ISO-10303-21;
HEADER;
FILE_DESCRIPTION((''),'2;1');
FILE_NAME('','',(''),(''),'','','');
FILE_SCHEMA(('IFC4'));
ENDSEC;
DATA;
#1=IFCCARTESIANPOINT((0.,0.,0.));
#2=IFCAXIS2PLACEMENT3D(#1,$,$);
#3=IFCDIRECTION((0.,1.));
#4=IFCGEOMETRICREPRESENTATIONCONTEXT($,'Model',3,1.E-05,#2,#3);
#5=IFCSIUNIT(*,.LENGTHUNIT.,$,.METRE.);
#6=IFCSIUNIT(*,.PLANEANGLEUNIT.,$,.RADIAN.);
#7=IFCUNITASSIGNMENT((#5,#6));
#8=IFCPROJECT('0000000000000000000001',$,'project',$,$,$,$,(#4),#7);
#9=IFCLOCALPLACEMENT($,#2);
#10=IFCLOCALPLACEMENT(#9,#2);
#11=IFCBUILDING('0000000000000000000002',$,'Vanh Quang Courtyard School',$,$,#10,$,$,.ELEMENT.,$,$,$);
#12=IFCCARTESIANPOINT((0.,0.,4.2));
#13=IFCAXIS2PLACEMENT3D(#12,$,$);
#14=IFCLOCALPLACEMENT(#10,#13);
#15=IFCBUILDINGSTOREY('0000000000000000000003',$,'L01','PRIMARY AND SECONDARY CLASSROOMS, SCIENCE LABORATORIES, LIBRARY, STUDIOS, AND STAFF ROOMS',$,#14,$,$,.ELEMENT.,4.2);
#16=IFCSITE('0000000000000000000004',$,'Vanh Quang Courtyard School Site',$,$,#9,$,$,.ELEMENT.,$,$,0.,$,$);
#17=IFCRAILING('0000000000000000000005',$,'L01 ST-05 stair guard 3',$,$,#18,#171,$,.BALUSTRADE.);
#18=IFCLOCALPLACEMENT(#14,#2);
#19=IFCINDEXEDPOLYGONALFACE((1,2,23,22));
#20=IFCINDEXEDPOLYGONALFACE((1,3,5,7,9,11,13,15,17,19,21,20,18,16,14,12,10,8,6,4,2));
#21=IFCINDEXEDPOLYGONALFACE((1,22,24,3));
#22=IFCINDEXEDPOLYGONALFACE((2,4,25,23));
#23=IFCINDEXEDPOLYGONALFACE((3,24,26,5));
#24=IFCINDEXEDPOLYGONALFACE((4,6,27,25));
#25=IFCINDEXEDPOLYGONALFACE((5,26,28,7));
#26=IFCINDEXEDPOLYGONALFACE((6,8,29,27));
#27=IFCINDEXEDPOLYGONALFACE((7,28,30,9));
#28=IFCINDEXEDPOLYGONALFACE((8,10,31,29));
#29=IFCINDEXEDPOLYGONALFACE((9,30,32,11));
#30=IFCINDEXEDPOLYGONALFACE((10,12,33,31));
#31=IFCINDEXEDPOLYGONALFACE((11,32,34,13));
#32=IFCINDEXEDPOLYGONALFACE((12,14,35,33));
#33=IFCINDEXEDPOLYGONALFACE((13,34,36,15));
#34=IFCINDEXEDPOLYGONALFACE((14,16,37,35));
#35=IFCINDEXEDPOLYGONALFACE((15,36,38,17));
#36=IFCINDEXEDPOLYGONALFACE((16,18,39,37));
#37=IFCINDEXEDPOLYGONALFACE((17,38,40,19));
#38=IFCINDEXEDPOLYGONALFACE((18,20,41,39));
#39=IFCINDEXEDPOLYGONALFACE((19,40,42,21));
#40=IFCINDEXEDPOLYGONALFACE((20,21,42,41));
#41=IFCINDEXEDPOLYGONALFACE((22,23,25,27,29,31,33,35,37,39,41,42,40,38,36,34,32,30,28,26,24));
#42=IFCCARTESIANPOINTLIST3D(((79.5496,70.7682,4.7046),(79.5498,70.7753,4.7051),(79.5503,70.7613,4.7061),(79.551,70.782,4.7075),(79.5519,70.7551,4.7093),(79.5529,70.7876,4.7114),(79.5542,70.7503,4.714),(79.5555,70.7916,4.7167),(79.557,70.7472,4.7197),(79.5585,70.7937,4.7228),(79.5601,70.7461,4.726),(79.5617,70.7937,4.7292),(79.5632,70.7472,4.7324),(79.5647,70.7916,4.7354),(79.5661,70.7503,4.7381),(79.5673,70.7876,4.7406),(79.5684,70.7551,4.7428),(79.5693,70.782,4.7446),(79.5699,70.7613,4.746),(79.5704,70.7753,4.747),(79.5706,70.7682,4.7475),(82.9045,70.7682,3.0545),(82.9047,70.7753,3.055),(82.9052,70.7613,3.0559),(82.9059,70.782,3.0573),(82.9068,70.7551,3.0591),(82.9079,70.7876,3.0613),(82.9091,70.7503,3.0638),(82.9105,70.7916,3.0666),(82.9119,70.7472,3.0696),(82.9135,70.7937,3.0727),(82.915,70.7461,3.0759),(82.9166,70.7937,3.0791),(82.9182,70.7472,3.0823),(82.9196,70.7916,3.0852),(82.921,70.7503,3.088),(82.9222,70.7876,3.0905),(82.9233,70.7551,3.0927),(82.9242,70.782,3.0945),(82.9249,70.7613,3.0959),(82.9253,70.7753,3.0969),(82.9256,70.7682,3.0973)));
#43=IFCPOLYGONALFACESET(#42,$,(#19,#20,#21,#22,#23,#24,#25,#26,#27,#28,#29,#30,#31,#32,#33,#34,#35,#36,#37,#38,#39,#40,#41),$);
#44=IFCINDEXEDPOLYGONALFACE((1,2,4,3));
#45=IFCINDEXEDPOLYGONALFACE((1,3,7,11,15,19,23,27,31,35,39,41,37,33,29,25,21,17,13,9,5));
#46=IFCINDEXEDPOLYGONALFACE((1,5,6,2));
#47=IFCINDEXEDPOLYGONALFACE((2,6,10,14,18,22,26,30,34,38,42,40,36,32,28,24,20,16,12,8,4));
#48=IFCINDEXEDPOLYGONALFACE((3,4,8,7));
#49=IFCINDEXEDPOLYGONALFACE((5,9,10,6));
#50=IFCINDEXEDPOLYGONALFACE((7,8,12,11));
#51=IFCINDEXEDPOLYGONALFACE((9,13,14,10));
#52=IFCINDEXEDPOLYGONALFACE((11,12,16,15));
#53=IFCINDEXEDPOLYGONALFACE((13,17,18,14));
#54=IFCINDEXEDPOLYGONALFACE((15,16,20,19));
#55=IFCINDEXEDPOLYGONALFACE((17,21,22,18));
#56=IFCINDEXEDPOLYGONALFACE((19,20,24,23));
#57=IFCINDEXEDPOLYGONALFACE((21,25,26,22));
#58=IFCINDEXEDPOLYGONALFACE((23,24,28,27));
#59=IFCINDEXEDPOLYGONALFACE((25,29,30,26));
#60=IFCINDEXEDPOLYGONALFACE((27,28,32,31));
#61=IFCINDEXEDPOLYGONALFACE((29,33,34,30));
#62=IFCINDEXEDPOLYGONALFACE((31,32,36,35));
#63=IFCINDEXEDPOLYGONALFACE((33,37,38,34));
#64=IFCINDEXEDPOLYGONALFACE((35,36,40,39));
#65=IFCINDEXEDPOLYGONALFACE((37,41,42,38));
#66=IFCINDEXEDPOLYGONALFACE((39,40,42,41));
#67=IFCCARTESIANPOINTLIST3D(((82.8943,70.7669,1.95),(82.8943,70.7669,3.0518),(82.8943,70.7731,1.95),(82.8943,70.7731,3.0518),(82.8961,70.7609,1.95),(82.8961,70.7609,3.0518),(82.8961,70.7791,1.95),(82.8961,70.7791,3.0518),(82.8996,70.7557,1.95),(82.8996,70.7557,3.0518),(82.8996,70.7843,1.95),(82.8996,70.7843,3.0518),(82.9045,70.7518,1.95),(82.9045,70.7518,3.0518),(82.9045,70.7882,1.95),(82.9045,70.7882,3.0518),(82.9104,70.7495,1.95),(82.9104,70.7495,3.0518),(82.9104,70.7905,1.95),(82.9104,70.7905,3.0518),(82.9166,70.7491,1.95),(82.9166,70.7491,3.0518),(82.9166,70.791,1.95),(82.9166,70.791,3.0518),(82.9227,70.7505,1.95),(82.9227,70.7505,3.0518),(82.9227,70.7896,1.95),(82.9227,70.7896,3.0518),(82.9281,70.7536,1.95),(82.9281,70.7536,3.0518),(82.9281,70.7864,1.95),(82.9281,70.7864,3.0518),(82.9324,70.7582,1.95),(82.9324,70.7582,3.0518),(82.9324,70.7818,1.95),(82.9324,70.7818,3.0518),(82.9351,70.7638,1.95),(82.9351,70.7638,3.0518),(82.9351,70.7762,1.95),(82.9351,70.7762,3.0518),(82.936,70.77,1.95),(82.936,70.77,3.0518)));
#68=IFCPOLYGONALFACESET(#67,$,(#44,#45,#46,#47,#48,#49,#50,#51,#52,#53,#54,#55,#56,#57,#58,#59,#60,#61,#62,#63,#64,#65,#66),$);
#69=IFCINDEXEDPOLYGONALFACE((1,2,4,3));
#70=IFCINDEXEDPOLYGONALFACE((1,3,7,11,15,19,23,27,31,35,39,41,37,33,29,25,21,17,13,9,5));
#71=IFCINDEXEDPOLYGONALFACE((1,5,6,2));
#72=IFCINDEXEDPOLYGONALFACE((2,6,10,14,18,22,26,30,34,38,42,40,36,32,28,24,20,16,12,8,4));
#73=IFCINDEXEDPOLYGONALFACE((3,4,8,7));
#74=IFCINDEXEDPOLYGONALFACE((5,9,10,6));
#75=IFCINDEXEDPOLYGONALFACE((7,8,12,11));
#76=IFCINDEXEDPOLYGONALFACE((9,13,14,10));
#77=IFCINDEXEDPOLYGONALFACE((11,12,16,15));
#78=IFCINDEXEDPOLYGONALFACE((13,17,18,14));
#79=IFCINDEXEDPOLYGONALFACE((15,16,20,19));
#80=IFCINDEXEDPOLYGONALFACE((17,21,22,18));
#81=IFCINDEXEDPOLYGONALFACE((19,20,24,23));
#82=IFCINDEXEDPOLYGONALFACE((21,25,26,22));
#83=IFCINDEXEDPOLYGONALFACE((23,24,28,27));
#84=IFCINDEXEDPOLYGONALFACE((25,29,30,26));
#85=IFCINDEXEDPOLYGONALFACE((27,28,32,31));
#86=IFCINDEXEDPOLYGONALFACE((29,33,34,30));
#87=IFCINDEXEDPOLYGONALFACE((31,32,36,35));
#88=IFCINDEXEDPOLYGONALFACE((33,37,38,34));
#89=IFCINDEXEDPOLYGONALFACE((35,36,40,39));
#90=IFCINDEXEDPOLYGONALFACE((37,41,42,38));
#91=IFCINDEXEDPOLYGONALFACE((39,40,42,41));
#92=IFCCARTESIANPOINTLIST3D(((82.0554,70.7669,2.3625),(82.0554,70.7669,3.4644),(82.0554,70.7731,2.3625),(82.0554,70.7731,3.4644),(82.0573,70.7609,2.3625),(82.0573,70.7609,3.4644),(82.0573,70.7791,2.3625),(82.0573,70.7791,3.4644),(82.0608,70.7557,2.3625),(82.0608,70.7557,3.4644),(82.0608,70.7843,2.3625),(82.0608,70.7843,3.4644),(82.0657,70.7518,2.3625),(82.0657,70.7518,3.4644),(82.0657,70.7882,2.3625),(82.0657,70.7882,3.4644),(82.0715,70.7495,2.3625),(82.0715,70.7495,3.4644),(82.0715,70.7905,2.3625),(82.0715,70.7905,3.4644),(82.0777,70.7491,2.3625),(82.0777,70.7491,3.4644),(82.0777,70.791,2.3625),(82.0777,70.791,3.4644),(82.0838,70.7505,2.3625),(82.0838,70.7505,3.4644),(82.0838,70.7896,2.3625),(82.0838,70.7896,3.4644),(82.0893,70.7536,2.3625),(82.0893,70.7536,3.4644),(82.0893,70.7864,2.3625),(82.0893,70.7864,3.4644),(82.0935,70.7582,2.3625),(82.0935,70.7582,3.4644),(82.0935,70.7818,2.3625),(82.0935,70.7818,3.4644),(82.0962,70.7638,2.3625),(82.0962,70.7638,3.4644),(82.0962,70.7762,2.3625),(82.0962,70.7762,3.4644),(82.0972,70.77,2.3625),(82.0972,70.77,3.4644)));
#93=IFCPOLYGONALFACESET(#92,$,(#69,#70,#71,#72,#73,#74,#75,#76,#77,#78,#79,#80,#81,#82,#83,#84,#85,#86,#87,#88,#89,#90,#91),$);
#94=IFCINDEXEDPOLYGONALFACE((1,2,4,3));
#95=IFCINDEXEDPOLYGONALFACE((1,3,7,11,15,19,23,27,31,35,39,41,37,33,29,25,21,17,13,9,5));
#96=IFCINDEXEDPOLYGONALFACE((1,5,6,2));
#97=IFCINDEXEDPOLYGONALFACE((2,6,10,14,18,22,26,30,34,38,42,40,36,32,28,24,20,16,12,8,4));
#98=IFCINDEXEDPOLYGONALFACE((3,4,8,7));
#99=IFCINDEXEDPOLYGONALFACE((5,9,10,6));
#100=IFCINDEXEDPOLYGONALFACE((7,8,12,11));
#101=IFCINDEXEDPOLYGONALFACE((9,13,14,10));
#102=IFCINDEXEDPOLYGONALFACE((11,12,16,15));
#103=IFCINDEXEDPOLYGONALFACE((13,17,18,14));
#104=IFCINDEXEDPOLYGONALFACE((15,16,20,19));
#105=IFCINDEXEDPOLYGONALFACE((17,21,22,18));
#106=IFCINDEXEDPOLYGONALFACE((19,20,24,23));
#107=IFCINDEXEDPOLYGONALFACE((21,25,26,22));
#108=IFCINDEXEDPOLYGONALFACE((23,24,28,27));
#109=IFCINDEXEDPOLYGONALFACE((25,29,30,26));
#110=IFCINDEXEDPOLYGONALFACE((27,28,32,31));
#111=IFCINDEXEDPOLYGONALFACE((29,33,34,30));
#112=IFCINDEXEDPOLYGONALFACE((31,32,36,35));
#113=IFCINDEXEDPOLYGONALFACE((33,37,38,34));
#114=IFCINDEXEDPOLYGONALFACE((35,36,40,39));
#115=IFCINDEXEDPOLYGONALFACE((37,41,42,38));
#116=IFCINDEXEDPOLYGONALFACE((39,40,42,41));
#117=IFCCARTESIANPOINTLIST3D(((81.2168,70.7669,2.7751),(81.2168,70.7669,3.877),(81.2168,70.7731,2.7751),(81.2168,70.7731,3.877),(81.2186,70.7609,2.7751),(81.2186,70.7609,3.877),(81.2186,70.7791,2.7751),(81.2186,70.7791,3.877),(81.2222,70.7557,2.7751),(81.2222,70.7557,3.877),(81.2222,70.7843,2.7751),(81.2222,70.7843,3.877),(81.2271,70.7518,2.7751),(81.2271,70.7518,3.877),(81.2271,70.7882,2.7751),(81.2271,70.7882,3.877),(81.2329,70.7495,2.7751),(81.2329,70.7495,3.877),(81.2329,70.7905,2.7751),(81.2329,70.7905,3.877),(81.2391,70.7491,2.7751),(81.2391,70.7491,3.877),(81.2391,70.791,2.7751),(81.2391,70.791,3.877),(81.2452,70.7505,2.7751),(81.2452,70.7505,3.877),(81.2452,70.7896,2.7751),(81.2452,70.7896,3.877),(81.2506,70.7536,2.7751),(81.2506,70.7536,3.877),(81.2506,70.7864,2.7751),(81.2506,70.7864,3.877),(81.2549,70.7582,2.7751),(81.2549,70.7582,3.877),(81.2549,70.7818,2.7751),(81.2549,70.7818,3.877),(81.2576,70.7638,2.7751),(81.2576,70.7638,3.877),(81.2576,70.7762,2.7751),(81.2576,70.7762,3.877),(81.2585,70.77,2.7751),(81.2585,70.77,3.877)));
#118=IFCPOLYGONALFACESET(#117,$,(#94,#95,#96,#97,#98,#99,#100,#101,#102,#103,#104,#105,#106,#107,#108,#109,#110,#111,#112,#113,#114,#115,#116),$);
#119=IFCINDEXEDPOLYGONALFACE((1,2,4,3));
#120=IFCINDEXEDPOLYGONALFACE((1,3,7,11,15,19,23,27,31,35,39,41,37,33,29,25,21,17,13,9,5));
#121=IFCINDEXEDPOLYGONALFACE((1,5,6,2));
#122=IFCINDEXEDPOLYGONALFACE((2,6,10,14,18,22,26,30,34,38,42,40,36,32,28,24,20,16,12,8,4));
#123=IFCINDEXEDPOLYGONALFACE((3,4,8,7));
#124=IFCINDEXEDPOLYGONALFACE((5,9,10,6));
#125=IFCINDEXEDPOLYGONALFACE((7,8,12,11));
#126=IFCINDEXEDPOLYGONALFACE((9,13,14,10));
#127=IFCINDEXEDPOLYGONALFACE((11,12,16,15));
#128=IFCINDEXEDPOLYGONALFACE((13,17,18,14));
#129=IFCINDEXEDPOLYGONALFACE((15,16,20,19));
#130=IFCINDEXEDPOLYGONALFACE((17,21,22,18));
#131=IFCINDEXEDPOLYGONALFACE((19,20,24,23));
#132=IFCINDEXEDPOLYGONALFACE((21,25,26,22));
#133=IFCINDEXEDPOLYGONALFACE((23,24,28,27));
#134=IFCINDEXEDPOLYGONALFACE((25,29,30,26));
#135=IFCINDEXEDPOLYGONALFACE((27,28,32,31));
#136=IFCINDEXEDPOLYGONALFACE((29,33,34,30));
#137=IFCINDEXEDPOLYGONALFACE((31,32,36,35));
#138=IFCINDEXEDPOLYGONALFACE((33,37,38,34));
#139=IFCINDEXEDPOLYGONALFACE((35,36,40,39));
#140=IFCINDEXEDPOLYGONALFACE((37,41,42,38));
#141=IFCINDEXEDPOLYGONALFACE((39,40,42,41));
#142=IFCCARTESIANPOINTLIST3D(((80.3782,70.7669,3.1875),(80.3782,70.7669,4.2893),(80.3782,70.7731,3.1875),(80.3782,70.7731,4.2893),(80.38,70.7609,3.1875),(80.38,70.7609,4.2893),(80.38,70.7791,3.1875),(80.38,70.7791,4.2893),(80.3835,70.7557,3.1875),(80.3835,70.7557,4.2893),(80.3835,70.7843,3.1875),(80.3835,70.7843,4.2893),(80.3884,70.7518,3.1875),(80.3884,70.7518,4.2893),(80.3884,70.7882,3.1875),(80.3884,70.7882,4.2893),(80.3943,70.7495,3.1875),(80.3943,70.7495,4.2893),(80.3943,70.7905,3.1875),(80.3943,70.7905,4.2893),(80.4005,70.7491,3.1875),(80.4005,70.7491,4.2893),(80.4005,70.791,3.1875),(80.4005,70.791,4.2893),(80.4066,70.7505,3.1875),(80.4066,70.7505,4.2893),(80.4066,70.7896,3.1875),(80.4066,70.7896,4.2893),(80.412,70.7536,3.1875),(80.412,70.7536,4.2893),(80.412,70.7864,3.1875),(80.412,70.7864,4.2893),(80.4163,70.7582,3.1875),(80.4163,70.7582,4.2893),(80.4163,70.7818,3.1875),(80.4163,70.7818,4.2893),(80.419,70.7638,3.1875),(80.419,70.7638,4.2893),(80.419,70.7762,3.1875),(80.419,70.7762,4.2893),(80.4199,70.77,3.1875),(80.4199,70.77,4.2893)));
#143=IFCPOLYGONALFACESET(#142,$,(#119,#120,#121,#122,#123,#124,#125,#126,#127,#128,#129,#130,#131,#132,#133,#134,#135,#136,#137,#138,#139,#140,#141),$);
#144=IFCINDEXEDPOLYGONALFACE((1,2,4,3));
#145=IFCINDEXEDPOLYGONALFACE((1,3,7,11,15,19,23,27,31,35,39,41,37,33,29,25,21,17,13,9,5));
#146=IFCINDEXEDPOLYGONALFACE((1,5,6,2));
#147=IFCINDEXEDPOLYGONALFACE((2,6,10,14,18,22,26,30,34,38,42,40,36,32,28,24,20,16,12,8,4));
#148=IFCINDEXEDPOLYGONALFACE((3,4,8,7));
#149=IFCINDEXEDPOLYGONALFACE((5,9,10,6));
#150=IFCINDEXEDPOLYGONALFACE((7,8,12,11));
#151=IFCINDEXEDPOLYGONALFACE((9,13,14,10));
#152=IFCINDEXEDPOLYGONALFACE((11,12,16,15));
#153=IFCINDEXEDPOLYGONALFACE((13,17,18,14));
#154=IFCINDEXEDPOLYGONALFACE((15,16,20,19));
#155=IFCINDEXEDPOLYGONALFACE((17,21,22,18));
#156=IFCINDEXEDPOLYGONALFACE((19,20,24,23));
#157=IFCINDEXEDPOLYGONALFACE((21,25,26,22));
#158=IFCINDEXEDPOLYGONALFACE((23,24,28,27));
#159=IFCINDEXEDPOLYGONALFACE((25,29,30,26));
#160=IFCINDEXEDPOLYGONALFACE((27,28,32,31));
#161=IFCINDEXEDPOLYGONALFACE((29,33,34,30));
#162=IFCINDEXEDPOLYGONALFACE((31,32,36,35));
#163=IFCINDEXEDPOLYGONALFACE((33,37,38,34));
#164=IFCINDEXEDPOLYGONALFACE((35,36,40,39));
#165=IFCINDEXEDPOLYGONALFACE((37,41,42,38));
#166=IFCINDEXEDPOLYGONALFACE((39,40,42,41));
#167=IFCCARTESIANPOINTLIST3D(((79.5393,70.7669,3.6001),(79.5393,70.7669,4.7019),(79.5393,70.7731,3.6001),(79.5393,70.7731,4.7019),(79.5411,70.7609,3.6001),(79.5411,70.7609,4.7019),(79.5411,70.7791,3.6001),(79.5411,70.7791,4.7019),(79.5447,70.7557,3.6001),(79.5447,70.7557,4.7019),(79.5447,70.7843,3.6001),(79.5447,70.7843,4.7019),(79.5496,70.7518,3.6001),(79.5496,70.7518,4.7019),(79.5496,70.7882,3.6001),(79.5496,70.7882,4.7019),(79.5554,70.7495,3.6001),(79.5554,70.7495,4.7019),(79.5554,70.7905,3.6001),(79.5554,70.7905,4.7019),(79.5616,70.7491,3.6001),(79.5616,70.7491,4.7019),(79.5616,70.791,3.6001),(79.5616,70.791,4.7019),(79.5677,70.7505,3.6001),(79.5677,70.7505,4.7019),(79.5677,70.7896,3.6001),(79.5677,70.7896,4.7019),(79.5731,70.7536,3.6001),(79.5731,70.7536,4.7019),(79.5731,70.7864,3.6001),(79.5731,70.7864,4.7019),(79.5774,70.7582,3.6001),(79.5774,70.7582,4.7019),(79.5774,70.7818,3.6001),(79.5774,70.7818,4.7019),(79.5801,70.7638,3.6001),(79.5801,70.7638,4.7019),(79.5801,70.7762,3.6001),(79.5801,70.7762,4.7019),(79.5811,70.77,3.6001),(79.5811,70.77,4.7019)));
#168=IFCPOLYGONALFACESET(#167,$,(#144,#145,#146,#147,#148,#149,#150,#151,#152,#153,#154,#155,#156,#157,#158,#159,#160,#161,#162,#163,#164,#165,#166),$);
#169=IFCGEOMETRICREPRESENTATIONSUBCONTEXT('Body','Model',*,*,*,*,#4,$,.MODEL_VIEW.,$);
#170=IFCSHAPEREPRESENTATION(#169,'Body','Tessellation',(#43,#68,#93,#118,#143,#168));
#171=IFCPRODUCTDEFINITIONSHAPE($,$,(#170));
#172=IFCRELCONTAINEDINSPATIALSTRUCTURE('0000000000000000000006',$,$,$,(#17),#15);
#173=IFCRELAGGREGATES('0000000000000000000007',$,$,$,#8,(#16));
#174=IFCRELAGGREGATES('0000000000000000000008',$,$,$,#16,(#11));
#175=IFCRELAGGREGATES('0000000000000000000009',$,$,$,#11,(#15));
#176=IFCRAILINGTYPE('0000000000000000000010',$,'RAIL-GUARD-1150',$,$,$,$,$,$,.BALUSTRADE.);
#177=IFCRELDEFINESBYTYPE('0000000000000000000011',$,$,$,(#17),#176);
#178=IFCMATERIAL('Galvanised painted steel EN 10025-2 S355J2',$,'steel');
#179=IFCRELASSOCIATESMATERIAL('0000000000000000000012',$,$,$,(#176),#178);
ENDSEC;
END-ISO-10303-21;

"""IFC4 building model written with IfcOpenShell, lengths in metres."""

from ifc_helpers import new_model, si_unit, direction, frame, origin, origin_2d, place, context, subcontext, project, spatial, circle, extrude, material, type_object, element, save


model = new_model("IFC4")

# Units and contexts
model_context = context("Model", 3, precision=1e-05, world=origin(), true_north=direction((0.0, 1.0)))
body_context = subcontext(model_context, "Body", "Model", "MODEL_VIEW")
ifc_project = project(units=[si_unit("LENGTHUNIT", "METRE"), si_unit("PLANEANGLEUNIT", "RADIAN")], contexts=[model_context])

# Site, building, storey
site_placement = place(None, origin())
site = spatial("IfcSite", under=ifc_project, at=site_placement, Name="Vanh Quang Courtyard School Site", CompositionType="ELEMENT", RefElevation=0.0)
building_placement = place(site_placement, origin())
building = spatial("IfcBuilding", under=site, at=building_placement, Name="Vanh Quang Courtyard School", CompositionType="ELEMENT")
storey_placement = place(building_placement, frame((0.0, 0.0, 4.2)))
storey = spatial("IfcBuildingStorey", under=building, at=storey_placement, Name="L01", Description="PRIMARY AND SECONDARY CLASSROOMS, SCIENCE LABORATORIES, LIBRARY, STUDIOS, AND STAFF ROOMS", CompositionType="ELEMENT", Elevation=4.2)

# Railing
ifc_material_1 = material(Name="Galvanised painted steel EN 10025-2 S355J2", Category="steel")
railing_type_1 = type_object("IfcRailingType", Name="RAIL-GUARD-1150", PredefinedType="BALUSTRADE", material=ifc_material_1)
railing_1_placement = place(storey_placement, frame((82.915, 70.77, 1.95)))
element("IfcRailing", 1, at=railing_1_placement, inside=storey, type_object=railing_type_1, Name="L01 ST-05 stair guard 3", PredefinedType="BALUSTRADE", context=body_context, shape_type="SweptSolid", body=[
    extrude(circle(Radius=0.0239, at=origin_2d()), frame((0.0, 0.0, 1.126), z_axis=(-0.897333, 0.0, 0.441353), x_axis=(0.0, -1.0, 0.0)), (0.0, 0.0, 1.0), 3.7388),
    extrude(circle(Radius=0.021, at=origin_2d()), origin(), (0.0, 0.0, 1.0), 1.1018),
    extrude(circle(Radius=0.021, at=origin_2d()), frame((-0.8389, 0.0, 0.4126)), (0.0, 0.0, 1.0), 1.1018),
    extrude(circle(Radius=0.021, at=origin_2d()), frame((-1.6775, 0.0, 0.8252)), (0.0, 0.0, 1.0), 1.1018),
    extrude(circle(Radius=0.021, at=origin_2d()), frame((-2.5161, 0.0, 1.2375)), (0.0, 0.0, 1.0), 1.1018),
    extrude(circle(Radius=0.021, at=origin_2d()), frame((-3.355, 0.0, 1.6501)), (0.0, 0.0, 1.0), 1.1018),
])

save(model, "model.ifc")
